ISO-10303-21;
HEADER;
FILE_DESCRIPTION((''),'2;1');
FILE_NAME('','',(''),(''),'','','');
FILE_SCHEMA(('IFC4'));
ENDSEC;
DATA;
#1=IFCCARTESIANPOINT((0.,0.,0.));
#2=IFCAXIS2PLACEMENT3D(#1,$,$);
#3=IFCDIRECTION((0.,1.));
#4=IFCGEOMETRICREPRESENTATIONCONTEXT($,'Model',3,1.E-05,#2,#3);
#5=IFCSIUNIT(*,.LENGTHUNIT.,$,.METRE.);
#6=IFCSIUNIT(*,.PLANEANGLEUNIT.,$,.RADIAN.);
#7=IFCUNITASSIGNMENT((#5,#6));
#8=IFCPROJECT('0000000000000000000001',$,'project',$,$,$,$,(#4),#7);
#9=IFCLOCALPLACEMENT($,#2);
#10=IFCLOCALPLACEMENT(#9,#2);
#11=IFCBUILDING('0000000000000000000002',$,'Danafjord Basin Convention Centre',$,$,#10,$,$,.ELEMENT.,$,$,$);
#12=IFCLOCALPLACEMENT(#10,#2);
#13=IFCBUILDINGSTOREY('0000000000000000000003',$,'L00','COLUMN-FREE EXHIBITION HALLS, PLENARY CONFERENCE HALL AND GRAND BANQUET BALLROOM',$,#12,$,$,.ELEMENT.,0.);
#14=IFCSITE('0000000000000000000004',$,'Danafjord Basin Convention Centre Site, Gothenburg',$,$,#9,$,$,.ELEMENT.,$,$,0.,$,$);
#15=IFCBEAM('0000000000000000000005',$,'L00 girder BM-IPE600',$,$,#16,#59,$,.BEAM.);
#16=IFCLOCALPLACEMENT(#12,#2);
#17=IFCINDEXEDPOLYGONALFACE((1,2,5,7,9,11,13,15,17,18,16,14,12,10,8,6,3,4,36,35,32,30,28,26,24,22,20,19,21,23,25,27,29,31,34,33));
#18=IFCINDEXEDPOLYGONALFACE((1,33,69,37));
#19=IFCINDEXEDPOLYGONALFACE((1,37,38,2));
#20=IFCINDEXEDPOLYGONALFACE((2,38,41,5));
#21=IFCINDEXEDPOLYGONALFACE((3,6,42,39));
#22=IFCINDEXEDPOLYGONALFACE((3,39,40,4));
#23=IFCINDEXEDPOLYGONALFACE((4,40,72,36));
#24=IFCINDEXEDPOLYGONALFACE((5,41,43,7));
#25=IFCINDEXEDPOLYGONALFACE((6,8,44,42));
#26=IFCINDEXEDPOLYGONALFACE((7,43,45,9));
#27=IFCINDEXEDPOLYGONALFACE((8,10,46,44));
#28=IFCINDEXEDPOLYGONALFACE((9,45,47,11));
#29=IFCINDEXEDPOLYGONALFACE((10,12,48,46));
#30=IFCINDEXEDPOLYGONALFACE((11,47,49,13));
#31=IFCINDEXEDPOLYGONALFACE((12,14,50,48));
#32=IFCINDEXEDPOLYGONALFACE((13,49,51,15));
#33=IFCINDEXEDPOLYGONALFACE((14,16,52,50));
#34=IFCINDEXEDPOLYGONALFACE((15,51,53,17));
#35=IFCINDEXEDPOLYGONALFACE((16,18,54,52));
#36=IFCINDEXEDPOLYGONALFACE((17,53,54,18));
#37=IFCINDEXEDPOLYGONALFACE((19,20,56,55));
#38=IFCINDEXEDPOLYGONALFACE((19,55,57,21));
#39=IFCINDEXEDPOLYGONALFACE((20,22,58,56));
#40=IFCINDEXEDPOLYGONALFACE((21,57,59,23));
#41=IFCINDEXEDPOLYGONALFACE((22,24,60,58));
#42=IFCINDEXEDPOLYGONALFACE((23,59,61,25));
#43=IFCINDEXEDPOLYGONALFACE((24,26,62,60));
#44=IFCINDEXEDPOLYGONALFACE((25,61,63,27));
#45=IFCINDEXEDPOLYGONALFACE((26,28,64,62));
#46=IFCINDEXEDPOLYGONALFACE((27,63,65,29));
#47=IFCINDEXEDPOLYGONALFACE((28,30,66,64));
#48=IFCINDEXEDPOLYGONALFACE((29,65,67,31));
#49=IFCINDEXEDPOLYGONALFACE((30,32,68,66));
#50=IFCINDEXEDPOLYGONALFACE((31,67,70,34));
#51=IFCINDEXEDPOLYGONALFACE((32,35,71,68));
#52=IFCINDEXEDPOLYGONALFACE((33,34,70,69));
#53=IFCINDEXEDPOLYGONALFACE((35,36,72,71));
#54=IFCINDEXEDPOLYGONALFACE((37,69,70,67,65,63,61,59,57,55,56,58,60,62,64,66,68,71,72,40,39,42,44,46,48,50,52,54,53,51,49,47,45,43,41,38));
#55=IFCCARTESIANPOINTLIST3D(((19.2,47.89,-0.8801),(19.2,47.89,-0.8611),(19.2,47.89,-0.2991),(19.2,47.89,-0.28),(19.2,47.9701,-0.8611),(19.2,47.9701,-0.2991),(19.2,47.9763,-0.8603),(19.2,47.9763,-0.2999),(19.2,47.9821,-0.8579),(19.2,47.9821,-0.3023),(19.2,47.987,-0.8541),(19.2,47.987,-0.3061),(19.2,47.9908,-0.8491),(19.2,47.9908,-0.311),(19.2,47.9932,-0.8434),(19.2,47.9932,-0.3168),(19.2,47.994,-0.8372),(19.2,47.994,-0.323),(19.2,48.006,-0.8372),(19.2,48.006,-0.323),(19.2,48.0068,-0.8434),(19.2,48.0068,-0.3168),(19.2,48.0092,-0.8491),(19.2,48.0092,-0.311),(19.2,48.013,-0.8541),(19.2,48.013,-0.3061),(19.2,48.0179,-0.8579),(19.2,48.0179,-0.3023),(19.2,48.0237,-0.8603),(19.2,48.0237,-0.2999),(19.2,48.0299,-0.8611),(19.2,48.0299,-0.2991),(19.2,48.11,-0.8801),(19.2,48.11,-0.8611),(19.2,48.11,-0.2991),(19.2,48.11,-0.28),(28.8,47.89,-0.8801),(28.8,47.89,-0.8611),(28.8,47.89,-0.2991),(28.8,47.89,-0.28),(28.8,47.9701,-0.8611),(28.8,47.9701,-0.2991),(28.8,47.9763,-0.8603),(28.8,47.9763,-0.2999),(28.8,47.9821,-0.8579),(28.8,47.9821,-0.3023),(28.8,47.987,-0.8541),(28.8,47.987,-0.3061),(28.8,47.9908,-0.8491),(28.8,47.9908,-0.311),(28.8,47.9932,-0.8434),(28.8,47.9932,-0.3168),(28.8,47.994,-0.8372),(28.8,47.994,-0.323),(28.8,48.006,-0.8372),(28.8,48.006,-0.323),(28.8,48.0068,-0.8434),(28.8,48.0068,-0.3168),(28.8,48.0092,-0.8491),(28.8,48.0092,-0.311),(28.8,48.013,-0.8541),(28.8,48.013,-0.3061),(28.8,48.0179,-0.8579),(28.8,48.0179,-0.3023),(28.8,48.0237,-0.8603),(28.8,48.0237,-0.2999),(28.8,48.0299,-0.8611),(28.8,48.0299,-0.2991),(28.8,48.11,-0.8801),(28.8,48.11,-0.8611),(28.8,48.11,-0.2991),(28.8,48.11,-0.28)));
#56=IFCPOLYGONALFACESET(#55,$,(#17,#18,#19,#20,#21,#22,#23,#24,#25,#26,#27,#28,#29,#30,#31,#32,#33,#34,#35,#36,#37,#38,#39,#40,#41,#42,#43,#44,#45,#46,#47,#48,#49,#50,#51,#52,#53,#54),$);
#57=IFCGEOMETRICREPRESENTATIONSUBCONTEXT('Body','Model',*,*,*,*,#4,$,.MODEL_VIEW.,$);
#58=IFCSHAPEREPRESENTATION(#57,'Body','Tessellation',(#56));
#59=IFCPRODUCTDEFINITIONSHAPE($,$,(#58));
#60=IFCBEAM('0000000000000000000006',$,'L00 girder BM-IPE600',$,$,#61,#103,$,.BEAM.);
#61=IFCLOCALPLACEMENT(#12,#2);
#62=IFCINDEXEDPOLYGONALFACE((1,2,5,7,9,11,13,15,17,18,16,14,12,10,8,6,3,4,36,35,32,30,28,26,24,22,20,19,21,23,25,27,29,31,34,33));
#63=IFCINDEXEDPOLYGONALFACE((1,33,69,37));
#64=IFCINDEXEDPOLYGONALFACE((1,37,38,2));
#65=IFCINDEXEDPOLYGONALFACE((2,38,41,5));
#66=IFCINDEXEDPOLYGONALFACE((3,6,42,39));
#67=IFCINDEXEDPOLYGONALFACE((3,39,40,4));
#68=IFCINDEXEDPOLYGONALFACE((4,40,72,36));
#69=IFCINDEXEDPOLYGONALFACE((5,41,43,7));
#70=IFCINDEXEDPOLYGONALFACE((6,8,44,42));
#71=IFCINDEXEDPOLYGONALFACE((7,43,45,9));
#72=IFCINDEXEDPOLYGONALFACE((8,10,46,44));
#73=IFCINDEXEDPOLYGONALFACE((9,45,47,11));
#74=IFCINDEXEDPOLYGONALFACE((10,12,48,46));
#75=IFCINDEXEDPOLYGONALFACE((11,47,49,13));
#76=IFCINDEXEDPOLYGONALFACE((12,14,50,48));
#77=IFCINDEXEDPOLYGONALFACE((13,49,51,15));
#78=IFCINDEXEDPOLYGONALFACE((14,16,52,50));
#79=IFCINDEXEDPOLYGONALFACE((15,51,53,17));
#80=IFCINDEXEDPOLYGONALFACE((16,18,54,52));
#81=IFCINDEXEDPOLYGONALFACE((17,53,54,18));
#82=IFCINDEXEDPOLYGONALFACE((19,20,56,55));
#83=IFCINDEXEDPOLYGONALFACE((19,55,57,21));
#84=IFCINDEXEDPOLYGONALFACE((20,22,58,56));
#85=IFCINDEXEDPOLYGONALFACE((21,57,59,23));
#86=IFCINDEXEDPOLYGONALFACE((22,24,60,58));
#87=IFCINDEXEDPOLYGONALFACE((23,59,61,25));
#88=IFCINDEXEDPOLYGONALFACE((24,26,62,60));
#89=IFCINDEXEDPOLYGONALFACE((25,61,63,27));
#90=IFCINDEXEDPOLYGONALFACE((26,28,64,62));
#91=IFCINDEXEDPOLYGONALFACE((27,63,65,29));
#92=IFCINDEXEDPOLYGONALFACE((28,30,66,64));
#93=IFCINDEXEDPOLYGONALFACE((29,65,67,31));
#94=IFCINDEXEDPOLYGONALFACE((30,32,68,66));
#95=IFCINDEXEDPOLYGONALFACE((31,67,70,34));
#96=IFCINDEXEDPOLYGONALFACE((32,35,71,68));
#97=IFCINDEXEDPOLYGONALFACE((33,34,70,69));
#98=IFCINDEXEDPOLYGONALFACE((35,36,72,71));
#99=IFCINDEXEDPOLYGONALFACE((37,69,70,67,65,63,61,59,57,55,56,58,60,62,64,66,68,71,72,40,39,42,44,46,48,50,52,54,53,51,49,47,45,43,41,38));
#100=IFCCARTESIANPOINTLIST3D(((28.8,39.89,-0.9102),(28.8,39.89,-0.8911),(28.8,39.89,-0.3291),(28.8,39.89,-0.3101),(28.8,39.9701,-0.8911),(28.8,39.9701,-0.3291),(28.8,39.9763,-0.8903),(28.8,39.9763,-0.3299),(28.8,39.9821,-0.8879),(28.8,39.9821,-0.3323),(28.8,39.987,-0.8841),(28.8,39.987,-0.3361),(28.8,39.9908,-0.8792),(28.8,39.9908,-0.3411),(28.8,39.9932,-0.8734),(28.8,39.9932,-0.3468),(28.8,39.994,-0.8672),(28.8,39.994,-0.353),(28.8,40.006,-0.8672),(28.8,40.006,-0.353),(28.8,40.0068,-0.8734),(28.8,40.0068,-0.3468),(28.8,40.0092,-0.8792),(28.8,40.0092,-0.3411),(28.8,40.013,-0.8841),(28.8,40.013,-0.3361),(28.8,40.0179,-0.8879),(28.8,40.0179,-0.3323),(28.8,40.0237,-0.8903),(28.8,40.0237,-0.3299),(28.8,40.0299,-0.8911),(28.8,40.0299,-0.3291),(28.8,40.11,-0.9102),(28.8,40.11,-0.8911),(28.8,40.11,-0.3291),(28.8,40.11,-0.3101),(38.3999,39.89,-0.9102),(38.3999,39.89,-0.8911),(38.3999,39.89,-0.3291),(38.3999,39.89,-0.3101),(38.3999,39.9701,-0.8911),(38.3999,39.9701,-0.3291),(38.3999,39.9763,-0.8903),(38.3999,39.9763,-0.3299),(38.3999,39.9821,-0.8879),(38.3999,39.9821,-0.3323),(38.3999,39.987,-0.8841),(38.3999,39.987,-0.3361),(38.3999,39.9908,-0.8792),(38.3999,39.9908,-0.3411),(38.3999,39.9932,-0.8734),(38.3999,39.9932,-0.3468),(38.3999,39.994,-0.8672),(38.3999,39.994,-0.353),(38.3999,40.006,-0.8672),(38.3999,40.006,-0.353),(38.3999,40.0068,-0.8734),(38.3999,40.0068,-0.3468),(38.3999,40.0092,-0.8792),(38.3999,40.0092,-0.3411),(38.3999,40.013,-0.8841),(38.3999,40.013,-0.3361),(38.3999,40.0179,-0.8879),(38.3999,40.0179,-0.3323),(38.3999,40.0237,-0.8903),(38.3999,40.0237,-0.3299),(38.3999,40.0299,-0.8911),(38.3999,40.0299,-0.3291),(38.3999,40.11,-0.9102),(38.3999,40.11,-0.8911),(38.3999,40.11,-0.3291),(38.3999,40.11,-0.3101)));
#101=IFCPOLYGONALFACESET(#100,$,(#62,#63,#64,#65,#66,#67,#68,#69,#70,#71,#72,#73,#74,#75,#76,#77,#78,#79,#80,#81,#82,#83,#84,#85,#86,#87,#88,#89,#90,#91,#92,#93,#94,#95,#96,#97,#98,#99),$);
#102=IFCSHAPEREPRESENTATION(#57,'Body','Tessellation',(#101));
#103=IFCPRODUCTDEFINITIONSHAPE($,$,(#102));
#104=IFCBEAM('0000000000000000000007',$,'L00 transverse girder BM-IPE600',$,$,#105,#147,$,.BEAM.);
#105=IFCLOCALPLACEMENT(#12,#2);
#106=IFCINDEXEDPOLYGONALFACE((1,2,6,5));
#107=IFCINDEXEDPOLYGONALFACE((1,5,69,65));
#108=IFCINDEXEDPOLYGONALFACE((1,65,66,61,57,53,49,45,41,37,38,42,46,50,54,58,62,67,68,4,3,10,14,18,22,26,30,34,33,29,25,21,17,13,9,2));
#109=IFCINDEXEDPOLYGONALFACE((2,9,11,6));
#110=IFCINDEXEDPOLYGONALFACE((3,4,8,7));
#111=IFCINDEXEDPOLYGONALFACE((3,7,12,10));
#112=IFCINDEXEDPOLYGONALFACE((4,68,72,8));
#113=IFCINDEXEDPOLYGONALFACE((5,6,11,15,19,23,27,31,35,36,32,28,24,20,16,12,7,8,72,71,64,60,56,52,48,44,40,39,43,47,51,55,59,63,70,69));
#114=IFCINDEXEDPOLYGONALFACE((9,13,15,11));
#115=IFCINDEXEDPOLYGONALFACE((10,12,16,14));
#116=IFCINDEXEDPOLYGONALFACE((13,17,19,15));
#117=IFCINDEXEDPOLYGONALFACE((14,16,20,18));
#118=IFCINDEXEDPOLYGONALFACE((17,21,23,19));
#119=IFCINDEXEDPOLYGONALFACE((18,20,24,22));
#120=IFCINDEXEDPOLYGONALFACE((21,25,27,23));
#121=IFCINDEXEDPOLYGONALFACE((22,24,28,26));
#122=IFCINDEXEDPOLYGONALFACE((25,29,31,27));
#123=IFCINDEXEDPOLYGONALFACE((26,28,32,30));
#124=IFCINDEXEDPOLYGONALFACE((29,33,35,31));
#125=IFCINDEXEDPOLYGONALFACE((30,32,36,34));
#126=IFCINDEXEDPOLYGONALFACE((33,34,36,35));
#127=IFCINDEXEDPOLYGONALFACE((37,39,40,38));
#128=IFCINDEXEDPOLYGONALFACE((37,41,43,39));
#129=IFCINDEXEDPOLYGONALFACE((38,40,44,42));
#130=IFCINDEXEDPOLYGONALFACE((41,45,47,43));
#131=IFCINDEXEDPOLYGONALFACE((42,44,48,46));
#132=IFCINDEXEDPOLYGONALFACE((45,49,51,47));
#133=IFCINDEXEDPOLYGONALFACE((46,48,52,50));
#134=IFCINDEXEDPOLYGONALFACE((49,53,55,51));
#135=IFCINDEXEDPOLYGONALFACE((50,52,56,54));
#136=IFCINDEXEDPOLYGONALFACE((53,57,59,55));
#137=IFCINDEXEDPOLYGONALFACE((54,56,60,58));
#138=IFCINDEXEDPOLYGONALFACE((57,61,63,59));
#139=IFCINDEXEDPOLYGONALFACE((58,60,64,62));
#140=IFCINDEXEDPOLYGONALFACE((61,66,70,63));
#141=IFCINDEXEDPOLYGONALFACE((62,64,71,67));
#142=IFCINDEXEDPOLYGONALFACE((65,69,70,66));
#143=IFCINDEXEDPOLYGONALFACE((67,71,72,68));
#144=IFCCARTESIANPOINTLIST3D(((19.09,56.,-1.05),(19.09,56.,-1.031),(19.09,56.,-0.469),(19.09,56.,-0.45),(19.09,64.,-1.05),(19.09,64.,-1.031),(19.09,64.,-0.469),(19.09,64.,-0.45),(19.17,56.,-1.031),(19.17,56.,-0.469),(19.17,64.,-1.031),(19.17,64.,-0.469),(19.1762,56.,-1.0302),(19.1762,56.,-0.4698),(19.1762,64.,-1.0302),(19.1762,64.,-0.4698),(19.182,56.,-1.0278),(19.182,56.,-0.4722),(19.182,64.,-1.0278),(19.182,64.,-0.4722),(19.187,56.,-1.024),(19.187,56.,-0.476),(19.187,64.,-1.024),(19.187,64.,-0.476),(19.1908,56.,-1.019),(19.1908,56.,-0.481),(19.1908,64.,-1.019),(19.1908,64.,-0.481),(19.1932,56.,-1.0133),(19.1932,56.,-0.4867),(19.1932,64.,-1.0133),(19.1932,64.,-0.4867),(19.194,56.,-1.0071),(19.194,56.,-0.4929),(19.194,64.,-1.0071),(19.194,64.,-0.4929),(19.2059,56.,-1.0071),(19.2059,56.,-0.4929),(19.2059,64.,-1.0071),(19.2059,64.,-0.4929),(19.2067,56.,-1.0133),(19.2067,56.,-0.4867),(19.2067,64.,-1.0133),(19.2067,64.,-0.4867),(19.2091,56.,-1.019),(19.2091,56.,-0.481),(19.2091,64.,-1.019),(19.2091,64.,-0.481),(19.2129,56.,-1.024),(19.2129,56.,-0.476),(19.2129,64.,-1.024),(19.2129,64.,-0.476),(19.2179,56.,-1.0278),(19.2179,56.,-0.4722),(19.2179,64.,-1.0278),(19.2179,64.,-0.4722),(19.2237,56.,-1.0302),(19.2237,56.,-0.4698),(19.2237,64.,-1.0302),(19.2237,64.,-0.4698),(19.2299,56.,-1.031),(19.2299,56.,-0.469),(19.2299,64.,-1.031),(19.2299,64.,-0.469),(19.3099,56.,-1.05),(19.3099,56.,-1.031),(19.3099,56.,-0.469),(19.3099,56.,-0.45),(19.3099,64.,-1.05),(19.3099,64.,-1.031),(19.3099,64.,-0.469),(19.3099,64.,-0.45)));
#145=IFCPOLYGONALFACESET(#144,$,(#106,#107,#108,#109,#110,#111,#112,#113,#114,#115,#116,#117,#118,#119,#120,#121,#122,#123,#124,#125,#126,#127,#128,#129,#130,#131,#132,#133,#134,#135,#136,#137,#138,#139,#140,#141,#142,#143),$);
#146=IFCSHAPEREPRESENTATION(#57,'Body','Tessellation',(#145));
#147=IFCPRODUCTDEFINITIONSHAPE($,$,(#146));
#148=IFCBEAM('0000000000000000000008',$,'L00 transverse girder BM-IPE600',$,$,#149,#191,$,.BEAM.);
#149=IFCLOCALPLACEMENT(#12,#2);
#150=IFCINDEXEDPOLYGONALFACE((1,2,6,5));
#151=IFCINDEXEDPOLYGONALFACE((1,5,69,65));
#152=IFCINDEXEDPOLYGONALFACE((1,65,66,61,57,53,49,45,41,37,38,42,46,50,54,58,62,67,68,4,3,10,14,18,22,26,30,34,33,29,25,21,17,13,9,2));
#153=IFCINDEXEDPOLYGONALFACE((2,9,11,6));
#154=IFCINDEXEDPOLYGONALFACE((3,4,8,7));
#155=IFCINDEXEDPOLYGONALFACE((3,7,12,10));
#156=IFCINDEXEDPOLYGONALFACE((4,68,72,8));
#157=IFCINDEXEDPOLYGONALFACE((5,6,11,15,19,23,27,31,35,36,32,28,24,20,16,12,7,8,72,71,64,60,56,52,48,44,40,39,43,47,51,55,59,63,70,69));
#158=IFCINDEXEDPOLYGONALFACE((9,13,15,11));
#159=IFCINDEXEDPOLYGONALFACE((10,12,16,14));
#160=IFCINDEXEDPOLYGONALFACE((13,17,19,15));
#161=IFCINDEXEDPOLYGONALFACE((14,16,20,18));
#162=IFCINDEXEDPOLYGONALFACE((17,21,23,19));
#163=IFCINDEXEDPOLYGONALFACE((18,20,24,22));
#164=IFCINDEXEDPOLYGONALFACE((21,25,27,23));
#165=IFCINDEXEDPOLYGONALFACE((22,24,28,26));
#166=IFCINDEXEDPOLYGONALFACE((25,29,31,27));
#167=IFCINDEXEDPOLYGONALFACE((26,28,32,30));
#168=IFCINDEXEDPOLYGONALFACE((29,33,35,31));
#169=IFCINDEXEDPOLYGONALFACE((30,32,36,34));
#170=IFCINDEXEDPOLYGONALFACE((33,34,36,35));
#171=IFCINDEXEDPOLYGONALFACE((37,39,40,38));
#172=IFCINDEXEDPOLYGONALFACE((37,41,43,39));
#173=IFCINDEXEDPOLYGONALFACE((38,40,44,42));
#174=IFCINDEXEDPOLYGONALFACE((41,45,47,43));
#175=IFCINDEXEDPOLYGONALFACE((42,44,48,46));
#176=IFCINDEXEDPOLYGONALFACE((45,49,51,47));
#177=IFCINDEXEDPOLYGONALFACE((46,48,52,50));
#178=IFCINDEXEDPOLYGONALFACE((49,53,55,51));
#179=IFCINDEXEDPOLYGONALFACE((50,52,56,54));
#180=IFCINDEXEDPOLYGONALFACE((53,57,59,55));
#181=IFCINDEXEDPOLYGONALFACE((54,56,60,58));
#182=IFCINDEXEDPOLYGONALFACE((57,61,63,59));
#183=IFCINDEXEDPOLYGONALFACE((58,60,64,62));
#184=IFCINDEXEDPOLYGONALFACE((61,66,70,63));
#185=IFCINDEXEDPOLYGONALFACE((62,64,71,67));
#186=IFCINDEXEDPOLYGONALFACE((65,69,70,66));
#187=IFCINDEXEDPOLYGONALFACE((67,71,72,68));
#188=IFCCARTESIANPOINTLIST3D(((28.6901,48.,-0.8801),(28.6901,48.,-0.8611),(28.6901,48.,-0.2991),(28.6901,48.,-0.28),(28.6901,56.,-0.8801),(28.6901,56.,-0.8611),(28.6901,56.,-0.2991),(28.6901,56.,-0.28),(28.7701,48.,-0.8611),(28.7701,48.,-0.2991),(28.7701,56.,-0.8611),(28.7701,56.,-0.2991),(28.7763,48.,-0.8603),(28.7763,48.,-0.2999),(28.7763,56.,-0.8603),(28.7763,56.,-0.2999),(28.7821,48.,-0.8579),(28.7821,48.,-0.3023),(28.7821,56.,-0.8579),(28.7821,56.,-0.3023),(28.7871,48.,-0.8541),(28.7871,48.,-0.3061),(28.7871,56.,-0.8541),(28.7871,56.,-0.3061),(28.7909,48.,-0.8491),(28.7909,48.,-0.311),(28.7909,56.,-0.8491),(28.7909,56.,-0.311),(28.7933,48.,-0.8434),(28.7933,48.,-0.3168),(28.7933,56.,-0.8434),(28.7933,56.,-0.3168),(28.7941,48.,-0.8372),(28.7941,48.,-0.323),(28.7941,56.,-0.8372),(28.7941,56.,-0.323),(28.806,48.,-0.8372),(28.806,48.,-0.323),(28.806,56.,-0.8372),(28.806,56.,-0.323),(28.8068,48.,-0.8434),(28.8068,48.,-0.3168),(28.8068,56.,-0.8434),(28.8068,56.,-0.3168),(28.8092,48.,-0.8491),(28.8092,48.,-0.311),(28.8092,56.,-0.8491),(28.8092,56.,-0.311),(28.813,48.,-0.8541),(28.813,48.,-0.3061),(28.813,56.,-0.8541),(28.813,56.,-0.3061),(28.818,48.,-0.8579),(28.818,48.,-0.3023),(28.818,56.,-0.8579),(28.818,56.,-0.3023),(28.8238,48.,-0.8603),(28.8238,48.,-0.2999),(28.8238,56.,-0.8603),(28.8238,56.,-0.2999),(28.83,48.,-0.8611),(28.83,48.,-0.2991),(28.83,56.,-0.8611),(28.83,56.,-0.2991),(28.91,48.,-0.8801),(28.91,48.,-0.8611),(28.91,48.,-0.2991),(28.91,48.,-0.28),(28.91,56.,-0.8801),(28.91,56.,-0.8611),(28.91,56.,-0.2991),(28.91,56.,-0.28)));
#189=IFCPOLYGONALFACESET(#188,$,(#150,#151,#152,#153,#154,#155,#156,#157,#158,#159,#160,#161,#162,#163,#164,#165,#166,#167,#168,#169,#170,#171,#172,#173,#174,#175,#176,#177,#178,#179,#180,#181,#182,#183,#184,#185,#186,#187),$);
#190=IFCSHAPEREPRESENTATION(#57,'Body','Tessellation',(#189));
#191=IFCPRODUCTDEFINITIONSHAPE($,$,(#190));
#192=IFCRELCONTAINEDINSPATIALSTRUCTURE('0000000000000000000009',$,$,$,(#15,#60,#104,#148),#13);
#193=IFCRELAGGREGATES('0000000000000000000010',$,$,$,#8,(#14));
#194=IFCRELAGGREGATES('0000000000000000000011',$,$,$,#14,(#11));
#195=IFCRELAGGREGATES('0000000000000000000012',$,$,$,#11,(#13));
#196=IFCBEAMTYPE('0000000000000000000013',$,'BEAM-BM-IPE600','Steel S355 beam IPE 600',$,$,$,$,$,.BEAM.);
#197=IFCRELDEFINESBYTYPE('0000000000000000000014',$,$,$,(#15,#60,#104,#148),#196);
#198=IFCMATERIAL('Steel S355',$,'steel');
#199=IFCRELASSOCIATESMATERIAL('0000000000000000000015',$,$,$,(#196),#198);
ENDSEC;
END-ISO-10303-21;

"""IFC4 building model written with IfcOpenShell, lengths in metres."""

from ifc_helpers import new_model, si_unit, direction, frame, origin, origin_2d, place, context, subcontext, project, spatial, i_section, extrude, material, material_profile, profile_set, type_object, element, save


model = new_model("IFC4")

# Units and contexts
model_context = context("Model", 3, precision=1e-05, world=origin(), true_north=direction((0.0, 1.0)))
body_context = subcontext(model_context, "Body", "Model", "MODEL_VIEW")
ifc_project = project(units=[si_unit("LENGTHUNIT", "METRE"), si_unit("PLANEANGLEUNIT", "RADIAN")], contexts=[model_context])

# Site, building, storey
site_placement = place(None, origin())
site = spatial("IfcSite", under=ifc_project, at=site_placement, Name="Danafjord Basin Convention Centre Site, Gothenburg", CompositionType="ELEMENT", RefElevation=0.0)
building_placement = place(site_placement, origin())
building = spatial("IfcBuilding", under=site, at=building_placement, Name="Danafjord Basin Convention Centre", CompositionType="ELEMENT")
storey_placement = place(building_placement, origin())
storey = spatial("IfcBuildingStorey", under=building, at=storey_placement, Name="L00", Description="COLUMN-FREE EXHIBITION HALLS, PLENARY CONFERENCE HALL AND GRAND BANQUET BALLROOM", CompositionType="ELEMENT", Elevation=0.0)

# Shared definitions
ifc_material_1 = material(Name="Steel S355", Category="steel")

# Beams
ifc_material_profile_1 = material_profile(ifc_material_1, i_section(OverallWidth=0.22, OverallDepth=0.6001, WebThickness=0.012, FlangeThickness=0.019, FilletRadius=0.0239, at=origin_2d()), Name="IPE 600")
ifc_profile_set_1 = profile_set([ifc_material_profile_1], Name="Steel S355")
beam_type_1 = type_object("IfcBeamType", Name="BEAM-BM-IPE600", Description="Steel S355 beam IPE 600", PredefinedType="BEAM", material=ifc_profile_set_1)
beam_1_placement = place(storey_placement, frame((19.2, 48.0, -0.5801), z_axis=(1.0, 0.0, 0.0), x_axis=(0.0, 1.0, 0.0)))
element("IfcBeam", 1, at=beam_1_placement, inside=storey, type_object=beam_type_1, Name="L00 girder BM-IPE600", PredefinedType="BEAM", context=body_context, shape_type="SweptSolid", body=[
    extrude(i_section(OverallWidth=0.22, OverallDepth=0.6001, WebThickness=0.012, FlangeThickness=0.019, FilletRadius=0.0239, at=origin_2d()), origin(), (0.0, 0.0, 1.0), 9.6001),
])
beam_2_placement = place(storey_placement, frame((28.8, 40.0, -0.6101), z_axis=(1.0, 0.0, 0.0), x_axis=(0.0, 1.0, 0.0)))
element("IfcBeam", 2, at=beam_2_placement, inside=storey, type_object=beam_type_1, Name="L00 girder BM-IPE600", PredefinedType="BEAM", context=body_context, shape_type="SweptSolid", body=[
    extrude(i_section(OverallWidth=0.22, OverallDepth=0.6001, WebThickness=0.012, FlangeThickness=0.019, FilletRadius=0.0239, at=origin_2d()), origin(), (0.0, 0.0, 1.0), 9.5999),
])
for number, where, z_axis, x_axis, name in (
    (3, (19.2, 56.0, -0.75), (0.0, 1.0, 0.0), (-1.0, 0.0, 0.0), "L00 transverse girder BM-IPE600"),
    (4, (28.8, 48.0, -0.5801), (0.0, 1.0, 0.0), (-1.0, 0.0, 0.0), "L00 transverse girder BM-IPE600"),
):
    element("IfcBeam", number, at=place(storey_placement, frame(where, z_axis=z_axis, x_axis=x_axis)), inside=storey, type_object=beam_type_1, Name=name, PredefinedType="BEAM", context=body_context, shape_type="SweptSolid", body=[
        extrude(i_section(OverallWidth=0.22, OverallDepth=0.6001, WebThickness=0.012, FlangeThickness=0.019, FilletRadius=0.0239, at=origin_2d()), origin(), (0.0, 0.0, 1.0), 8.0),
    ])

save(model, "model.ifc")
